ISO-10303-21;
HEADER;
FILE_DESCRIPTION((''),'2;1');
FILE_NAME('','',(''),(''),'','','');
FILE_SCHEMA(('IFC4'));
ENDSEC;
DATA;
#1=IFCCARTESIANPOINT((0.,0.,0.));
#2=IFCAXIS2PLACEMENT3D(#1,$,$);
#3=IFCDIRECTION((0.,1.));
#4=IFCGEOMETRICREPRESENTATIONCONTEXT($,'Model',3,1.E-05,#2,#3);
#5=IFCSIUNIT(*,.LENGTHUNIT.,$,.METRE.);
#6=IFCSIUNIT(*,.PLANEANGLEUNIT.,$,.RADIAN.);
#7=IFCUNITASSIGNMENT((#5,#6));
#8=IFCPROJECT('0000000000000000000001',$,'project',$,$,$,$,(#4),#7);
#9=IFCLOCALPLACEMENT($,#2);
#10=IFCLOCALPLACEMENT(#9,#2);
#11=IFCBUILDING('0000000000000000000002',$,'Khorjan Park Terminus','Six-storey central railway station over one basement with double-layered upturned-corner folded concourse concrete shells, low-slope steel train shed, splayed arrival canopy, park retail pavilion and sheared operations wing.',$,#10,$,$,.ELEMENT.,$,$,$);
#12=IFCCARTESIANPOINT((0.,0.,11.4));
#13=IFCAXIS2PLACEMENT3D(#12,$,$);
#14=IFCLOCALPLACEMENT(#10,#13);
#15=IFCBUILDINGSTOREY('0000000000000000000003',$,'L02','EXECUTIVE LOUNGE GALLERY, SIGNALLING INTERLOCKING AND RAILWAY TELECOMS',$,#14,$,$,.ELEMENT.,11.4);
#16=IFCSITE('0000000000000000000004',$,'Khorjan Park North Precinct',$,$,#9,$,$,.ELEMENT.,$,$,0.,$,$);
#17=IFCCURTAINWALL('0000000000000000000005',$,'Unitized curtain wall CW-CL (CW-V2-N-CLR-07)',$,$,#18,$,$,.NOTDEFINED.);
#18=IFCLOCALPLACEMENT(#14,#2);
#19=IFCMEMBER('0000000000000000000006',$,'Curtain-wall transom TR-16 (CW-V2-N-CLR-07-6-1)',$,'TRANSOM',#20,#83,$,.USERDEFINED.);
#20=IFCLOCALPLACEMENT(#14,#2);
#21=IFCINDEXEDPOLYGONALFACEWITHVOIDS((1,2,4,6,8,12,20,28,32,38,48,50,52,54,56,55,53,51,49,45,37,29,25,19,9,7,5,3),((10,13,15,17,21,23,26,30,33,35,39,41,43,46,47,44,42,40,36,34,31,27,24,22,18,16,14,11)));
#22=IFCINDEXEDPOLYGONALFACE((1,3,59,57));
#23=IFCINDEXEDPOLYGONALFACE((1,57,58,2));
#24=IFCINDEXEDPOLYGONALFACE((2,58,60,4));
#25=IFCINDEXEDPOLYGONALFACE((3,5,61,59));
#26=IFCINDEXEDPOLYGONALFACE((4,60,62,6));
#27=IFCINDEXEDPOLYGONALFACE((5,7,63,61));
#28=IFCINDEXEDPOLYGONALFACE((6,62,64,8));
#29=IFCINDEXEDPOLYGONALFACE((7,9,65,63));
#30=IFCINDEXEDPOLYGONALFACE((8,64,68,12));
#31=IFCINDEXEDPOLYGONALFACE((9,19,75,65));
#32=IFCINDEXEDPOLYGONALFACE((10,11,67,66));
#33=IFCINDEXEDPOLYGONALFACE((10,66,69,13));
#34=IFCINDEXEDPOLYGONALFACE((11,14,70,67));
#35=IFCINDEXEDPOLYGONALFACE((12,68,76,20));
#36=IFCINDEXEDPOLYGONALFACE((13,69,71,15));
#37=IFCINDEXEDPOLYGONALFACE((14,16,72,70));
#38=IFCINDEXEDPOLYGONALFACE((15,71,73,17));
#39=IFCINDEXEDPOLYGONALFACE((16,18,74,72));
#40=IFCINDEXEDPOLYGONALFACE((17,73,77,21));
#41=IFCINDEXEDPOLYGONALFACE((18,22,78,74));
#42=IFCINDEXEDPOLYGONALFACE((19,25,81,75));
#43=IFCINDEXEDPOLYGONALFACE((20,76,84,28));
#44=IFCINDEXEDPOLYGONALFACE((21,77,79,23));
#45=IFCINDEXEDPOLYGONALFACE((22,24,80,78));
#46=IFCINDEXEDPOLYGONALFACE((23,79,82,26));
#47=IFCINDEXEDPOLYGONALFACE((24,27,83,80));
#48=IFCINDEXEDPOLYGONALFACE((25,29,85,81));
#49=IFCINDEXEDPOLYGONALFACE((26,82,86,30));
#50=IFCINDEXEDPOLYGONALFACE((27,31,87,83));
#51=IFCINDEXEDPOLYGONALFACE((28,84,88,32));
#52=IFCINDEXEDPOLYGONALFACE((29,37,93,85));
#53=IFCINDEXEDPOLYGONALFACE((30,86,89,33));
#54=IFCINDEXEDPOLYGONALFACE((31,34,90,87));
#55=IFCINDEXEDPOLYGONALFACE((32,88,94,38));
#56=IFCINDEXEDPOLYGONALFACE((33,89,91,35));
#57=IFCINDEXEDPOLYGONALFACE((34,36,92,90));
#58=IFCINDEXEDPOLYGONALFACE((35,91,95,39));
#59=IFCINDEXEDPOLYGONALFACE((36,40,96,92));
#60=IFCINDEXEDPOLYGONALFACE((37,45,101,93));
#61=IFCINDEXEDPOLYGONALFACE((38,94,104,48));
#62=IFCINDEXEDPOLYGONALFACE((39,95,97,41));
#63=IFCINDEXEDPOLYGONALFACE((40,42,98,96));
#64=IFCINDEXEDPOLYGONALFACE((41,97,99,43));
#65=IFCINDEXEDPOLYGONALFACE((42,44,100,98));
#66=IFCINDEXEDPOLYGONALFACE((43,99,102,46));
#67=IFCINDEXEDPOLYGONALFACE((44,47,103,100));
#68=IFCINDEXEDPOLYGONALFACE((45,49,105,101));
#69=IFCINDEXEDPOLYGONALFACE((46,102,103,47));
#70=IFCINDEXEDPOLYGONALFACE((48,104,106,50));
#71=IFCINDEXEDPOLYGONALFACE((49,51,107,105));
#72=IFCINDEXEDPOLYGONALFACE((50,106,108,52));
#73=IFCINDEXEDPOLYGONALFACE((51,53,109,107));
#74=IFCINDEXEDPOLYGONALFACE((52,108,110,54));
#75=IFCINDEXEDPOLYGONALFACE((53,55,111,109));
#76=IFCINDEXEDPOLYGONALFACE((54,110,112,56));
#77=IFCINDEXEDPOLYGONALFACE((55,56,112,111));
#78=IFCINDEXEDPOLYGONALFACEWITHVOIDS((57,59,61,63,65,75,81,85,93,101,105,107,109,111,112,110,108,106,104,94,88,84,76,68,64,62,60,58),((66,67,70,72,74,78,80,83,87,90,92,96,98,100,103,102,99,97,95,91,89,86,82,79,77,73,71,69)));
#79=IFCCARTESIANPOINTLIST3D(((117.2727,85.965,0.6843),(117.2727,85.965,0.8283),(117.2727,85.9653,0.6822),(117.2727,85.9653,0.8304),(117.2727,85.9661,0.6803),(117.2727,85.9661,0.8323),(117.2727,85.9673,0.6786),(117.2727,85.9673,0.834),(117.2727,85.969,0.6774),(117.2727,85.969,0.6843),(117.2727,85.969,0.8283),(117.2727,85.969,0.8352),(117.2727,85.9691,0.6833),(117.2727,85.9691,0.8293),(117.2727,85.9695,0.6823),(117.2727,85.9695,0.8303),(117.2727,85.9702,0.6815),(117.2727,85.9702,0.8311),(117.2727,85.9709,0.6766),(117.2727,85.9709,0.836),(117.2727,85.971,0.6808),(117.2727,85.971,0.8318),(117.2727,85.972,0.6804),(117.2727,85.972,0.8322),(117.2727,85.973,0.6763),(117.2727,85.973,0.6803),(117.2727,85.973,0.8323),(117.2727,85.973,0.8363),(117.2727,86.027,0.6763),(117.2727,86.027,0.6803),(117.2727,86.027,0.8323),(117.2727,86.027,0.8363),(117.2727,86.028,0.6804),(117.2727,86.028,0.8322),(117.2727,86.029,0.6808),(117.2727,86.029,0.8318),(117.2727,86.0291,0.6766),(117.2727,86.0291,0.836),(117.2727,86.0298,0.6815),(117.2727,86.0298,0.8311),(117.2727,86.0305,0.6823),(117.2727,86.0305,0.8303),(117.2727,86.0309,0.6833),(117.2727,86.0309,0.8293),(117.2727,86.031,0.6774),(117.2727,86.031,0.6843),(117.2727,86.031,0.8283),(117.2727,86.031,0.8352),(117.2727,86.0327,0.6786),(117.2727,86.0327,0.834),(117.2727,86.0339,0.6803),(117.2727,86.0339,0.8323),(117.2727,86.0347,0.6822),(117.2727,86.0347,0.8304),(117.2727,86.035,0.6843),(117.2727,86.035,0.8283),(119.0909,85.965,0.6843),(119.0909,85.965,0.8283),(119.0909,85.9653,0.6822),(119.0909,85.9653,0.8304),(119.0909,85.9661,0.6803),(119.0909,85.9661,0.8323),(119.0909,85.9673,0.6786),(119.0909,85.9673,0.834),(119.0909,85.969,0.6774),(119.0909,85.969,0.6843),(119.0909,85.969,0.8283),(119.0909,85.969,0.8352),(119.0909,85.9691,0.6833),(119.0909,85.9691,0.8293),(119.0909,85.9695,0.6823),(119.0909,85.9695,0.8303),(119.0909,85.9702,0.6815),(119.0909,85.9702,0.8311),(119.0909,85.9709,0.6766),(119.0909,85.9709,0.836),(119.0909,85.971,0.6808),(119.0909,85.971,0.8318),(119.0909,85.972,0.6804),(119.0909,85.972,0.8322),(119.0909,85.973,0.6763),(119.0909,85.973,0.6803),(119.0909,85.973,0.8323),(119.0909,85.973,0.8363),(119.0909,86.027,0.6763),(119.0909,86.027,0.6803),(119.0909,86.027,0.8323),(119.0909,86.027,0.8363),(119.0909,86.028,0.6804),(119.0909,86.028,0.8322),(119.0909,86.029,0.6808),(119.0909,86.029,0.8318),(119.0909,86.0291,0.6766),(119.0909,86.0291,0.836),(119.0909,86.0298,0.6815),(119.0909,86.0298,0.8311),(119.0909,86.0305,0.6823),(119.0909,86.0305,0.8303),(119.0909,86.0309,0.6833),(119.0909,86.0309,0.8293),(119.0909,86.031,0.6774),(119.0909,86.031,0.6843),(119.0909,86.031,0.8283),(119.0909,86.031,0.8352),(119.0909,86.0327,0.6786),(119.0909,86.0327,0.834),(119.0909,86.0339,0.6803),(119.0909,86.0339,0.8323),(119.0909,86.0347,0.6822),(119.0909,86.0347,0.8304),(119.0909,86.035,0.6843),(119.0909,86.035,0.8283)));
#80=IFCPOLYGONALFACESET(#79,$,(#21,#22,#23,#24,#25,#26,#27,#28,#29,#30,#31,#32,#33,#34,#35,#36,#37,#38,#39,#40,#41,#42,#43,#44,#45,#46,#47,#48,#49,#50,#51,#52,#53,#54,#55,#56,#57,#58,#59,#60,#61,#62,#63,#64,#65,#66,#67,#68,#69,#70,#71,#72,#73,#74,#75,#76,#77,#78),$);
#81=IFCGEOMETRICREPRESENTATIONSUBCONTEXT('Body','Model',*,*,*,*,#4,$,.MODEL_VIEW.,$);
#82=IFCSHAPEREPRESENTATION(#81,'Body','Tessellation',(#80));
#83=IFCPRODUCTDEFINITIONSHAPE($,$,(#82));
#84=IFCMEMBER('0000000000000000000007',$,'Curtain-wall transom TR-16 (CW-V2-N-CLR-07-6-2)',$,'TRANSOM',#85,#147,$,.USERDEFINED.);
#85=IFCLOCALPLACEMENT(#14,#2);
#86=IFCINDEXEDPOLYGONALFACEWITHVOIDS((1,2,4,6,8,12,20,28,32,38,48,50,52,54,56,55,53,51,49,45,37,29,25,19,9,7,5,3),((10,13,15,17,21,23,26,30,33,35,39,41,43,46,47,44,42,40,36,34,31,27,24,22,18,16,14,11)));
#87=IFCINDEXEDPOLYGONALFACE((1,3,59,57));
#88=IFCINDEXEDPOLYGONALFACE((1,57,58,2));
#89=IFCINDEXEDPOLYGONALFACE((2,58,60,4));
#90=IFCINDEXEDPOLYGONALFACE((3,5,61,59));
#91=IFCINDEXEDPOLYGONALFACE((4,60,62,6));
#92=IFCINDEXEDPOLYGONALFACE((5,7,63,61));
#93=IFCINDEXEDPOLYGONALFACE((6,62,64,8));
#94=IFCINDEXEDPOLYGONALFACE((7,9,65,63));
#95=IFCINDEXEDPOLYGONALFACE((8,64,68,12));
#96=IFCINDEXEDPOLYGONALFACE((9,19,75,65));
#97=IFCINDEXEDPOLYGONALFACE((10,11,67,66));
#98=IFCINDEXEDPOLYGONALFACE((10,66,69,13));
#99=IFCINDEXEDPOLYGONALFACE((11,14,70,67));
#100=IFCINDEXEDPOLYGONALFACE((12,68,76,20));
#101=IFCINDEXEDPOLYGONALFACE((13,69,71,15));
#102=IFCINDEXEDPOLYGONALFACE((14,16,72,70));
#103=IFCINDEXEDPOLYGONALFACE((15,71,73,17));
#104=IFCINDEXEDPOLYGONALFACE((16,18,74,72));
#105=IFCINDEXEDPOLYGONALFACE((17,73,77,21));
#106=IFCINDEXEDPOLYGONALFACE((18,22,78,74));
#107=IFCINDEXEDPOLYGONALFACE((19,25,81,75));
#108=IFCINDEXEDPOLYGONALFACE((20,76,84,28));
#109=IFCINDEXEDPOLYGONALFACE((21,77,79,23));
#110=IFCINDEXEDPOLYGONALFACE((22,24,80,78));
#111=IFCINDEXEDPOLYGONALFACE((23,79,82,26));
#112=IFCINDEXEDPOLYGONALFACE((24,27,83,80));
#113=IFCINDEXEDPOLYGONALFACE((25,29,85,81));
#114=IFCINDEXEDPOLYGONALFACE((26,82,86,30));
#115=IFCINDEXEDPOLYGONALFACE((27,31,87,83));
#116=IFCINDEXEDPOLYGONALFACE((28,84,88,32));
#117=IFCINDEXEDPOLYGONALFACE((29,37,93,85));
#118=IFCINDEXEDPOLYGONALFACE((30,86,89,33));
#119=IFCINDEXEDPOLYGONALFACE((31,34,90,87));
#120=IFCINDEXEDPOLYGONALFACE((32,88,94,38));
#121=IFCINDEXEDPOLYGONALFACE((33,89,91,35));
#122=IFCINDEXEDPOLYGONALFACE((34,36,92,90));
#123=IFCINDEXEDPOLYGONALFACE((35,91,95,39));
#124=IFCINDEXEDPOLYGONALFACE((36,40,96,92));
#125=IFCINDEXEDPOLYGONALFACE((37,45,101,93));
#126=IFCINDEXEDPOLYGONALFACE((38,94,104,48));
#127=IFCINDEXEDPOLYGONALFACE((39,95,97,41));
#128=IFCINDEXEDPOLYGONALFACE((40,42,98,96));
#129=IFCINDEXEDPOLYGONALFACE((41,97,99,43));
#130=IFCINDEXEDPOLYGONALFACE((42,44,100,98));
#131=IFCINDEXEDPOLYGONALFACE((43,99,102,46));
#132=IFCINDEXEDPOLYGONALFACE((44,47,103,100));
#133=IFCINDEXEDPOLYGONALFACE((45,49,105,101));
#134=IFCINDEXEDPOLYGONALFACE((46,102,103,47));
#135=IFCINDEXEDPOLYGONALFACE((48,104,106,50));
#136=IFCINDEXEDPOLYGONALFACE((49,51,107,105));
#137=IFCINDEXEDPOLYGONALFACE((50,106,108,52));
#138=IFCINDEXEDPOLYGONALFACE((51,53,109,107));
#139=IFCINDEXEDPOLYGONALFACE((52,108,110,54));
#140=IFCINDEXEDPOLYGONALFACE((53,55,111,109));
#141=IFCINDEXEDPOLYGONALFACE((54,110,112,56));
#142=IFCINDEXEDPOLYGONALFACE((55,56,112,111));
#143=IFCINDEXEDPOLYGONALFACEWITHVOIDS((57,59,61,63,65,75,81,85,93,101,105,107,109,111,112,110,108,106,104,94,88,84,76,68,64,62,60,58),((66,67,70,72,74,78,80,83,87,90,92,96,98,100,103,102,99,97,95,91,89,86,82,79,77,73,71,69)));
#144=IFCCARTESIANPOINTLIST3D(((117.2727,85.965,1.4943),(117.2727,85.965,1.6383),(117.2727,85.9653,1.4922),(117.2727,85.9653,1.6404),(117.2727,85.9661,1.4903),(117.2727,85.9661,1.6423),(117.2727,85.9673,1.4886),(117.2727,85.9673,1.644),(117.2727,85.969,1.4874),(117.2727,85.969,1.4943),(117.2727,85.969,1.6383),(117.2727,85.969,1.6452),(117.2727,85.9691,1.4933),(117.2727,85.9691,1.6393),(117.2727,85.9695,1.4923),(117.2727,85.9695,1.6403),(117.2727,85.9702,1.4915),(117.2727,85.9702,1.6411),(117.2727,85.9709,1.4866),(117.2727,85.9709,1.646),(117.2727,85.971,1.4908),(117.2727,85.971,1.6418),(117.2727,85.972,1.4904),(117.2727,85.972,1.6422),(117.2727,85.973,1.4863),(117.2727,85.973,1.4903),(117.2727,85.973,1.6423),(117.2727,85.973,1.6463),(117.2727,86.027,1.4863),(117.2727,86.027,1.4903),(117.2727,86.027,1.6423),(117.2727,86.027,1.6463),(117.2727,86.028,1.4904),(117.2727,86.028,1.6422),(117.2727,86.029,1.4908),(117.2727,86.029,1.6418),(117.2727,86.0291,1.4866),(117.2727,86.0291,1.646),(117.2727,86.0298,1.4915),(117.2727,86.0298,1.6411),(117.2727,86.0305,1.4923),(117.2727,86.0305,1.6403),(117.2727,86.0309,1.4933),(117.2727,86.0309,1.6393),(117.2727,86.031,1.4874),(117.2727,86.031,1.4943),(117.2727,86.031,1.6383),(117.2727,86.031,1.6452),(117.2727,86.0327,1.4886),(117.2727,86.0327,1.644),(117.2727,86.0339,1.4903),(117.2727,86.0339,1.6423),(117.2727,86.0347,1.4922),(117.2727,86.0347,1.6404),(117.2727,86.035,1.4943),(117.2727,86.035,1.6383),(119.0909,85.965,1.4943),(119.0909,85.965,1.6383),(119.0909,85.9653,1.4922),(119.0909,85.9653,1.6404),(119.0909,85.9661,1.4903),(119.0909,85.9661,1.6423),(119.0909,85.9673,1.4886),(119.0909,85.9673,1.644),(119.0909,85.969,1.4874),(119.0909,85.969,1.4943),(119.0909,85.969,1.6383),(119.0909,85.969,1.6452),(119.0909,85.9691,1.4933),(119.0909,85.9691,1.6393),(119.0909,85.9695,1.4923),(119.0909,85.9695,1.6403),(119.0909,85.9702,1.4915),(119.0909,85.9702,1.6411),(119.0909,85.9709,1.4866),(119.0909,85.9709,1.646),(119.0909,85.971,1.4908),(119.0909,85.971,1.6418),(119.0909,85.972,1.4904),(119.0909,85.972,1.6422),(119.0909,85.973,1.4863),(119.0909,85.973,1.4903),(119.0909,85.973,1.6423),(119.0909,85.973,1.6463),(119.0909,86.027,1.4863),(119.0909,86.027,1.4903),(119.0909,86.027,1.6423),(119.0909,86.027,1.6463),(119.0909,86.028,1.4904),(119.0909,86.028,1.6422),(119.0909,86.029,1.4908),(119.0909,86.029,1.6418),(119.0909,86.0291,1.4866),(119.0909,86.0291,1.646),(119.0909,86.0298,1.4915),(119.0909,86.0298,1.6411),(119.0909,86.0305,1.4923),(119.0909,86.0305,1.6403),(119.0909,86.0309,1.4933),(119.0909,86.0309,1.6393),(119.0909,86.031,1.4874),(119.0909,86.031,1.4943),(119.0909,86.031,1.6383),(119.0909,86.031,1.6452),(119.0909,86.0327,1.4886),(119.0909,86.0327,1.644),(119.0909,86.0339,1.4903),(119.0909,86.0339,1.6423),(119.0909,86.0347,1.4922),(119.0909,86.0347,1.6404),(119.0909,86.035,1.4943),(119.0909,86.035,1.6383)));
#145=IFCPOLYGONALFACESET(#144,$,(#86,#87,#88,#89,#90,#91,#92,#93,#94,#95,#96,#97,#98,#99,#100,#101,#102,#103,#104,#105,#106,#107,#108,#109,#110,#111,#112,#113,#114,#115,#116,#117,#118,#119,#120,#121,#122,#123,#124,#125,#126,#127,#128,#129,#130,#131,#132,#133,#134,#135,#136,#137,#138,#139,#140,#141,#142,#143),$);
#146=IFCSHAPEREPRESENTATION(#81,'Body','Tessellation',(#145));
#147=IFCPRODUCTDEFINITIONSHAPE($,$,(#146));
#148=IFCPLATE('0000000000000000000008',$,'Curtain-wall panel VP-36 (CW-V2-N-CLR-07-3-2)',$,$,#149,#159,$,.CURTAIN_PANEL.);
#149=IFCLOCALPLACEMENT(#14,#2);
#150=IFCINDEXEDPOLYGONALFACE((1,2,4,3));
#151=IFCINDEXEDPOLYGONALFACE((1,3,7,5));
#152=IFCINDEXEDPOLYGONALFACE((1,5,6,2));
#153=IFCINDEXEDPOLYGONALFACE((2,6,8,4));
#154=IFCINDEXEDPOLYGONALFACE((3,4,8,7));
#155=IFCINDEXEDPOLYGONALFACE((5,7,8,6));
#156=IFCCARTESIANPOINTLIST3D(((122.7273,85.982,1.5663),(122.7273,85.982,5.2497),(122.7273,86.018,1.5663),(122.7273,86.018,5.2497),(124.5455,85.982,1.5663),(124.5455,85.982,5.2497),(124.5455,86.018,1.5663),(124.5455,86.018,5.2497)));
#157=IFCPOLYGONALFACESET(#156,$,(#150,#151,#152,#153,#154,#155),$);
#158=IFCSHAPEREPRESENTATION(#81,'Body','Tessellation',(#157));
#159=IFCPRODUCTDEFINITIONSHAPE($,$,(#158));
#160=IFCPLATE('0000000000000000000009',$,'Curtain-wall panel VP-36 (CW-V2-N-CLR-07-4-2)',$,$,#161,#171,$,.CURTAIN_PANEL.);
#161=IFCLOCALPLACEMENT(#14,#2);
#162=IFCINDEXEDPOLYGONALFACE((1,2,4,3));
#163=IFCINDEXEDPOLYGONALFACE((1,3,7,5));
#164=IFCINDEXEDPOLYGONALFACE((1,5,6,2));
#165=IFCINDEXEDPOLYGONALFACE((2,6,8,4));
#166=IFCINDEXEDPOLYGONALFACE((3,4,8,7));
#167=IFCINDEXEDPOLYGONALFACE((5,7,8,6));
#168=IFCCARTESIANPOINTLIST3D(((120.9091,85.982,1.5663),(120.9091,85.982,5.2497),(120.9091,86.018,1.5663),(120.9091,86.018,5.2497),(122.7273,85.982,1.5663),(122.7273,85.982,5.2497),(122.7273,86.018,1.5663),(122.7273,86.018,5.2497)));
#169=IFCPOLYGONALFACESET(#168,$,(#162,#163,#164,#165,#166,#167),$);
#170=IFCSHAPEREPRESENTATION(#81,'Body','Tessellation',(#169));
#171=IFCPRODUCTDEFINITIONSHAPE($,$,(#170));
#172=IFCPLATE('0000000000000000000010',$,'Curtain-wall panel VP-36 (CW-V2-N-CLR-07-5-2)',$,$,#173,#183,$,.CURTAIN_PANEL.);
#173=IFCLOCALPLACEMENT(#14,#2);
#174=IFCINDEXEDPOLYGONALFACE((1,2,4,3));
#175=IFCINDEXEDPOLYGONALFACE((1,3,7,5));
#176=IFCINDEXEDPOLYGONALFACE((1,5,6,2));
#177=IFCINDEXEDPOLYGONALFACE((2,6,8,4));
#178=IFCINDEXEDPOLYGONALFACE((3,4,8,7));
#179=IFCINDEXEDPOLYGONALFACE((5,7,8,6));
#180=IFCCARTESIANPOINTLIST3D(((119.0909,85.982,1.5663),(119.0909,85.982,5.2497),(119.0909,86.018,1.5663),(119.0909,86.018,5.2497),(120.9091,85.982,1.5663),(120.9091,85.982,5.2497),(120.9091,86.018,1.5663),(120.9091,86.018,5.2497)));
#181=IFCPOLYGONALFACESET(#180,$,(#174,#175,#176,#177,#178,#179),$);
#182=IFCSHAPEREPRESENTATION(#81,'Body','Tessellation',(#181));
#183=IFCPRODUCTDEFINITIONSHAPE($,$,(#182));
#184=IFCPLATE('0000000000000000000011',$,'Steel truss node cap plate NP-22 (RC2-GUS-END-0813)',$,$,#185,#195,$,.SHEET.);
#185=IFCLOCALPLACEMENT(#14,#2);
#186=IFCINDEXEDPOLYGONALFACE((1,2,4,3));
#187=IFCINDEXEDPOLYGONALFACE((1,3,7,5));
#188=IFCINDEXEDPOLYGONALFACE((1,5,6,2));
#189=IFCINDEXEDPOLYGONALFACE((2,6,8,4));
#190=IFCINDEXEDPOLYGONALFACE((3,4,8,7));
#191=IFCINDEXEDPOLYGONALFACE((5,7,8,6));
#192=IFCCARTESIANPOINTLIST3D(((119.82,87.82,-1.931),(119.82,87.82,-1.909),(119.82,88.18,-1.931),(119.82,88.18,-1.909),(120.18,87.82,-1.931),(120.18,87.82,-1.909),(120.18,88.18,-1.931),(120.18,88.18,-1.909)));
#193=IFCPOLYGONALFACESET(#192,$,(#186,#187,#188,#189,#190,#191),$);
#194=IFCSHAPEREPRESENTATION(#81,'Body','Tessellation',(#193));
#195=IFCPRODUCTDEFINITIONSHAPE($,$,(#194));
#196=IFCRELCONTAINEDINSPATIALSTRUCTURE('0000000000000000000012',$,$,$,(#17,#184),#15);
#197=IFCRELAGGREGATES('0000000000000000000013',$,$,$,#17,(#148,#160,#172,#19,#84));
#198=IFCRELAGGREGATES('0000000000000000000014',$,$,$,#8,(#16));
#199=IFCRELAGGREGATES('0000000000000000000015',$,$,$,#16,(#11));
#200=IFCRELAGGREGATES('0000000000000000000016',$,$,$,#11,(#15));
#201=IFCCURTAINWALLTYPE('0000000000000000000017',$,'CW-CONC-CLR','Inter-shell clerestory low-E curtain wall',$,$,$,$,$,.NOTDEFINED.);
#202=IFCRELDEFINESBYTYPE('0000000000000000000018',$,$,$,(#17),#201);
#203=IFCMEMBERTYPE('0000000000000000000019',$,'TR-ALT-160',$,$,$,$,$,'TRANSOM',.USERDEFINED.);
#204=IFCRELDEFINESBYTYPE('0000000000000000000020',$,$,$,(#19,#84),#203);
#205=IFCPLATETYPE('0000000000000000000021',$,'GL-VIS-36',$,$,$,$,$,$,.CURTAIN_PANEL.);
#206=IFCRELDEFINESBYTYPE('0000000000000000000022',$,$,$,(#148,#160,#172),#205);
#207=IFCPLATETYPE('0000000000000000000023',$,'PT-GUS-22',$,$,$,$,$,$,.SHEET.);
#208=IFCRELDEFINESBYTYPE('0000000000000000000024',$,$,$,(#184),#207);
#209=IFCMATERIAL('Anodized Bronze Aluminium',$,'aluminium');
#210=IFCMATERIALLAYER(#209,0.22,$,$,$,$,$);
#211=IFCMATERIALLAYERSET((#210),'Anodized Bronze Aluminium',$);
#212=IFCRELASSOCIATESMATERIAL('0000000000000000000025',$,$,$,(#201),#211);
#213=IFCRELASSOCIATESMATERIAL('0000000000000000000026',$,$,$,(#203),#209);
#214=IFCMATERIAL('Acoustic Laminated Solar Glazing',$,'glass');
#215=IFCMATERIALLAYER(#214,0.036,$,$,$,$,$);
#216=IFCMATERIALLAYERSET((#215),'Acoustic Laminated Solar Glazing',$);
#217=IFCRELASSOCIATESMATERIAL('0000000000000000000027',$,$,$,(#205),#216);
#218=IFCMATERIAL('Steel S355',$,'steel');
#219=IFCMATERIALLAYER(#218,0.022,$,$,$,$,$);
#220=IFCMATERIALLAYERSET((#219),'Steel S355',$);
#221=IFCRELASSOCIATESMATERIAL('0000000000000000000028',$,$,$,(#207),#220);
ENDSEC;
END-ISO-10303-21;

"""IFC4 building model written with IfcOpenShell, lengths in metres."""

from ifc_helpers import new_model, si_unit, direction, frame, origin, origin_2d, place, context, subcontext, project, spatial, rectangle, hollow_rectangle, extrude, material, layer, layer_set, material_profile, profile_set, type_object, element, aggregate, save


model = new_model("IFC4")

# Units and contexts
model_context = context("Model", 3, precision=1e-05, world=origin(), true_north=direction((0.0, 1.0)))
body_context = subcontext(model_context, "Body", "Model", "MODEL_VIEW")
ifc_project = project(units=[si_unit("LENGTHUNIT", "METRE"), si_unit("PLANEANGLEUNIT", "RADIAN")], contexts=[model_context])

# Site, building, storey
site_placement = place(None, origin())
site = spatial("IfcSite", under=ifc_project, at=site_placement, Name="Khorjan Park North Precinct", CompositionType="ELEMENT", RefElevation=0.0)
building_placement = place(site_placement, origin())
building = spatial("IfcBuilding", under=site, at=building_placement, Name="Khorjan Park Terminus", Description="Six-storey central railway station over one basement with double-layered upturned-corner folded concourse concrete shells, low-slope steel train shed, splayed arrival canopy, park retail pavilion and sheared operations wing.", CompositionType="ELEMENT")
storey_placement = place(building_placement, frame((0.0, 0.0, 11.4)))
storey = spatial("IfcBuildingStorey", under=building, at=storey_placement, Name="L02", Description="EXECUTIVE LOUNGE GALLERY, SIGNALLING INTERLOCKING AND RAILWAY TELECOMS", CompositionType="ELEMENT", Elevation=11.4)

# Shared definitions
ifc_material_1 = material(Name="Steel S355", Category="steel")

# Curtain wall
ifc_material_2 = material(Name="Anodized Bronze Aluminium", Category="aluminium")
ifc_layer_1 = layer(ifc_material_2, 0.22)
ifc_layer_set_1 = layer_set([ifc_layer_1], Name="Anodized Bronze Aluminium")
curtain_wall_type = type_object("IfcCurtainWallType", Name="CW-CONC-CLR", Description="Inter-shell clerestory low-E curtain wall", PredefinedType="NOTDEFINED", material=ifc_layer_set_1)
curtain_wall_placement = place(storey_placement, origin())
curtain_wall = element("IfcCurtainWall", 1, at=curtain_wall_placement, inside=storey, type_object=curtain_wall_type, Name="Unitized curtain wall CW-CL (CW-V2-N-CLR-07)", PredefinedType="NOTDEFINED")

# Members
ifc_material_profile_1 = material_profile(ifc_material_2, hollow_rectangle(XDim=0.07, YDim=0.16, WallThickness=0.004, InnerFilletRadius=0.004, OuterFilletRadius=0.008, at=origin_2d()), Name="ALT 70x160x4")
ifc_profile_set_1 = profile_set([ifc_material_profile_1], Name="Anodized Bronze Aluminium")
member_type_1 = type_object("IfcMemberType", Name="TR-ALT-160", ElementType="TRANSOM", PredefinedType="USERDEFINED", material=ifc_profile_set_1)
member_1_placement = place(storey_placement, frame((119.0909, 86.0, 0.7563), z_axis=(-1.0, 0.0, 0.0), x_axis=(0.0, -1.0, 0.0)))
member_1 = element("IfcMember", 2, at=member_1_placement, type_object=member_type_1, Name="Curtain-wall transom TR-16 (CW-V2-N-CLR-07-6-1)", ObjectType="TRANSOM", PredefinedType="USERDEFINED", context=body_context, shape_type="SweptSolid", body=[
    extrude(hollow_rectangle(XDim=0.07, YDim=0.16, WallThickness=0.004, InnerFilletRadius=0.004, OuterFilletRadius=0.008, at=origin_2d()), origin(), (0.0, 0.0, 1.0), 1.8182),
])
member_2_placement = place(storey_placement, frame((119.0909, 86.0, 1.5663), z_axis=(-1.0, 0.0, 0.0), x_axis=(0.0, -1.0, 0.0)))
member_2 = element("IfcMember", 3, at=member_2_placement, type_object=member_type_1, Name="Curtain-wall transom TR-16 (CW-V2-N-CLR-07-6-2)", ObjectType="TRANSOM", PredefinedType="USERDEFINED", context=body_context, shape_type="SweptSolid", body=[
    extrude(hollow_rectangle(XDim=0.07, YDim=0.16, WallThickness=0.004, InnerFilletRadius=0.004, OuterFilletRadius=0.008, at=origin_2d()), origin(), (0.0, 0.0, 1.0), 1.8182),
])

# Plates
ifc_material_3 = material(Name="Acoustic Laminated Solar Glazing", Category="glass")
ifc_layer_2 = layer(ifc_material_3, 0.036)
ifc_layer_set_2 = layer_set([ifc_layer_2], Name="Acoustic Laminated Solar Glazing")
plate_type_1 = type_object("IfcPlateType", Name="GL-VIS-36", PredefinedType="CURTAIN_PANEL", material=ifc_layer_set_2)
plate_1_placement = place(storey_placement, frame((123.6364, 86.0, 1.5663), z_axis=(0.0, 0.0, 1.0), x_axis=(-1.0, 0.0, 0.0)))
plate_1 = element("IfcPlate", 4, at=plate_1_placement, type_object=plate_type_1, Name="Curtain-wall panel VP-36 (CW-V2-N-CLR-07-3-2)", PredefinedType="CURTAIN_PANEL", context=body_context, shape_type="SweptSolid", body=[
    extrude(rectangle(XDim=1.8182, YDim=0.036, at=origin_2d()), origin(), (0.0, 0.0, 1.0), 3.6834),
])
plate_2_placement = place(storey_placement, frame((121.8182, 86.0, 1.5663), z_axis=(0.0, 0.0, 1.0), x_axis=(-1.0, 0.0, 0.0)))
plate_2 = element("IfcPlate", 5, at=plate_2_placement, type_object=plate_type_1, Name="Curtain-wall panel VP-36 (CW-V2-N-CLR-07-4-2)", PredefinedType="CURTAIN_PANEL", context=body_context, shape_type="SweptSolid", body=[
    extrude(rectangle(XDim=1.8182, YDim=0.036, at=origin_2d()), origin(), (0.0, 0.0, 1.0), 3.6834),
])
plate_3_placement = place(storey_placement, frame((120.0, 86.0, 1.5663), z_axis=(0.0, 0.0, 1.0), x_axis=(-1.0, 0.0, 0.0)))
plate_3 = element("IfcPlate", 6, at=plate_3_placement, type_object=plate_type_1, Name="Curtain-wall panel VP-36 (CW-V2-N-CLR-07-5-2)", PredefinedType="CURTAIN_PANEL", context=body_context, shape_type="SweptSolid", body=[
    extrude(rectangle(XDim=1.8182, YDim=0.036, at=origin_2d()), origin(), (0.0, 0.0, 1.0), 3.6834),
])

# Plate
ifc_layer_3 = layer(ifc_material_1, 0.022)
ifc_layer_set_3 = layer_set([ifc_layer_3], Name="Steel S355")
plate_type_2 = type_object("IfcPlateType", Name="PT-GUS-22", PredefinedType="SHEET", material=ifc_layer_set_3)
plate_4_placement = place(storey_placement, frame((120.0, 88.0, -1.931), z_axis=(0.0, 0.0, 1.0), x_axis=(1.0, 0.0, 0.0)))
element("IfcPlate", 7, at=plate_4_placement, inside=storey, type_object=plate_type_2, Name="Steel truss node cap plate NP-22 (RC2-GUS-END-0813)", PredefinedType="SHEET", context=body_context, shape_type="SweptSolid", body=[
    extrude(rectangle(XDim=0.36, YDim=0.36, at=origin_2d()), origin(), (0.0, 0.0, 1.0), 0.022),
])

aggregate(curtain_wall, [plate_1, plate_2, plate_3, member_1, member_2])

save(model, "model.ifc")
